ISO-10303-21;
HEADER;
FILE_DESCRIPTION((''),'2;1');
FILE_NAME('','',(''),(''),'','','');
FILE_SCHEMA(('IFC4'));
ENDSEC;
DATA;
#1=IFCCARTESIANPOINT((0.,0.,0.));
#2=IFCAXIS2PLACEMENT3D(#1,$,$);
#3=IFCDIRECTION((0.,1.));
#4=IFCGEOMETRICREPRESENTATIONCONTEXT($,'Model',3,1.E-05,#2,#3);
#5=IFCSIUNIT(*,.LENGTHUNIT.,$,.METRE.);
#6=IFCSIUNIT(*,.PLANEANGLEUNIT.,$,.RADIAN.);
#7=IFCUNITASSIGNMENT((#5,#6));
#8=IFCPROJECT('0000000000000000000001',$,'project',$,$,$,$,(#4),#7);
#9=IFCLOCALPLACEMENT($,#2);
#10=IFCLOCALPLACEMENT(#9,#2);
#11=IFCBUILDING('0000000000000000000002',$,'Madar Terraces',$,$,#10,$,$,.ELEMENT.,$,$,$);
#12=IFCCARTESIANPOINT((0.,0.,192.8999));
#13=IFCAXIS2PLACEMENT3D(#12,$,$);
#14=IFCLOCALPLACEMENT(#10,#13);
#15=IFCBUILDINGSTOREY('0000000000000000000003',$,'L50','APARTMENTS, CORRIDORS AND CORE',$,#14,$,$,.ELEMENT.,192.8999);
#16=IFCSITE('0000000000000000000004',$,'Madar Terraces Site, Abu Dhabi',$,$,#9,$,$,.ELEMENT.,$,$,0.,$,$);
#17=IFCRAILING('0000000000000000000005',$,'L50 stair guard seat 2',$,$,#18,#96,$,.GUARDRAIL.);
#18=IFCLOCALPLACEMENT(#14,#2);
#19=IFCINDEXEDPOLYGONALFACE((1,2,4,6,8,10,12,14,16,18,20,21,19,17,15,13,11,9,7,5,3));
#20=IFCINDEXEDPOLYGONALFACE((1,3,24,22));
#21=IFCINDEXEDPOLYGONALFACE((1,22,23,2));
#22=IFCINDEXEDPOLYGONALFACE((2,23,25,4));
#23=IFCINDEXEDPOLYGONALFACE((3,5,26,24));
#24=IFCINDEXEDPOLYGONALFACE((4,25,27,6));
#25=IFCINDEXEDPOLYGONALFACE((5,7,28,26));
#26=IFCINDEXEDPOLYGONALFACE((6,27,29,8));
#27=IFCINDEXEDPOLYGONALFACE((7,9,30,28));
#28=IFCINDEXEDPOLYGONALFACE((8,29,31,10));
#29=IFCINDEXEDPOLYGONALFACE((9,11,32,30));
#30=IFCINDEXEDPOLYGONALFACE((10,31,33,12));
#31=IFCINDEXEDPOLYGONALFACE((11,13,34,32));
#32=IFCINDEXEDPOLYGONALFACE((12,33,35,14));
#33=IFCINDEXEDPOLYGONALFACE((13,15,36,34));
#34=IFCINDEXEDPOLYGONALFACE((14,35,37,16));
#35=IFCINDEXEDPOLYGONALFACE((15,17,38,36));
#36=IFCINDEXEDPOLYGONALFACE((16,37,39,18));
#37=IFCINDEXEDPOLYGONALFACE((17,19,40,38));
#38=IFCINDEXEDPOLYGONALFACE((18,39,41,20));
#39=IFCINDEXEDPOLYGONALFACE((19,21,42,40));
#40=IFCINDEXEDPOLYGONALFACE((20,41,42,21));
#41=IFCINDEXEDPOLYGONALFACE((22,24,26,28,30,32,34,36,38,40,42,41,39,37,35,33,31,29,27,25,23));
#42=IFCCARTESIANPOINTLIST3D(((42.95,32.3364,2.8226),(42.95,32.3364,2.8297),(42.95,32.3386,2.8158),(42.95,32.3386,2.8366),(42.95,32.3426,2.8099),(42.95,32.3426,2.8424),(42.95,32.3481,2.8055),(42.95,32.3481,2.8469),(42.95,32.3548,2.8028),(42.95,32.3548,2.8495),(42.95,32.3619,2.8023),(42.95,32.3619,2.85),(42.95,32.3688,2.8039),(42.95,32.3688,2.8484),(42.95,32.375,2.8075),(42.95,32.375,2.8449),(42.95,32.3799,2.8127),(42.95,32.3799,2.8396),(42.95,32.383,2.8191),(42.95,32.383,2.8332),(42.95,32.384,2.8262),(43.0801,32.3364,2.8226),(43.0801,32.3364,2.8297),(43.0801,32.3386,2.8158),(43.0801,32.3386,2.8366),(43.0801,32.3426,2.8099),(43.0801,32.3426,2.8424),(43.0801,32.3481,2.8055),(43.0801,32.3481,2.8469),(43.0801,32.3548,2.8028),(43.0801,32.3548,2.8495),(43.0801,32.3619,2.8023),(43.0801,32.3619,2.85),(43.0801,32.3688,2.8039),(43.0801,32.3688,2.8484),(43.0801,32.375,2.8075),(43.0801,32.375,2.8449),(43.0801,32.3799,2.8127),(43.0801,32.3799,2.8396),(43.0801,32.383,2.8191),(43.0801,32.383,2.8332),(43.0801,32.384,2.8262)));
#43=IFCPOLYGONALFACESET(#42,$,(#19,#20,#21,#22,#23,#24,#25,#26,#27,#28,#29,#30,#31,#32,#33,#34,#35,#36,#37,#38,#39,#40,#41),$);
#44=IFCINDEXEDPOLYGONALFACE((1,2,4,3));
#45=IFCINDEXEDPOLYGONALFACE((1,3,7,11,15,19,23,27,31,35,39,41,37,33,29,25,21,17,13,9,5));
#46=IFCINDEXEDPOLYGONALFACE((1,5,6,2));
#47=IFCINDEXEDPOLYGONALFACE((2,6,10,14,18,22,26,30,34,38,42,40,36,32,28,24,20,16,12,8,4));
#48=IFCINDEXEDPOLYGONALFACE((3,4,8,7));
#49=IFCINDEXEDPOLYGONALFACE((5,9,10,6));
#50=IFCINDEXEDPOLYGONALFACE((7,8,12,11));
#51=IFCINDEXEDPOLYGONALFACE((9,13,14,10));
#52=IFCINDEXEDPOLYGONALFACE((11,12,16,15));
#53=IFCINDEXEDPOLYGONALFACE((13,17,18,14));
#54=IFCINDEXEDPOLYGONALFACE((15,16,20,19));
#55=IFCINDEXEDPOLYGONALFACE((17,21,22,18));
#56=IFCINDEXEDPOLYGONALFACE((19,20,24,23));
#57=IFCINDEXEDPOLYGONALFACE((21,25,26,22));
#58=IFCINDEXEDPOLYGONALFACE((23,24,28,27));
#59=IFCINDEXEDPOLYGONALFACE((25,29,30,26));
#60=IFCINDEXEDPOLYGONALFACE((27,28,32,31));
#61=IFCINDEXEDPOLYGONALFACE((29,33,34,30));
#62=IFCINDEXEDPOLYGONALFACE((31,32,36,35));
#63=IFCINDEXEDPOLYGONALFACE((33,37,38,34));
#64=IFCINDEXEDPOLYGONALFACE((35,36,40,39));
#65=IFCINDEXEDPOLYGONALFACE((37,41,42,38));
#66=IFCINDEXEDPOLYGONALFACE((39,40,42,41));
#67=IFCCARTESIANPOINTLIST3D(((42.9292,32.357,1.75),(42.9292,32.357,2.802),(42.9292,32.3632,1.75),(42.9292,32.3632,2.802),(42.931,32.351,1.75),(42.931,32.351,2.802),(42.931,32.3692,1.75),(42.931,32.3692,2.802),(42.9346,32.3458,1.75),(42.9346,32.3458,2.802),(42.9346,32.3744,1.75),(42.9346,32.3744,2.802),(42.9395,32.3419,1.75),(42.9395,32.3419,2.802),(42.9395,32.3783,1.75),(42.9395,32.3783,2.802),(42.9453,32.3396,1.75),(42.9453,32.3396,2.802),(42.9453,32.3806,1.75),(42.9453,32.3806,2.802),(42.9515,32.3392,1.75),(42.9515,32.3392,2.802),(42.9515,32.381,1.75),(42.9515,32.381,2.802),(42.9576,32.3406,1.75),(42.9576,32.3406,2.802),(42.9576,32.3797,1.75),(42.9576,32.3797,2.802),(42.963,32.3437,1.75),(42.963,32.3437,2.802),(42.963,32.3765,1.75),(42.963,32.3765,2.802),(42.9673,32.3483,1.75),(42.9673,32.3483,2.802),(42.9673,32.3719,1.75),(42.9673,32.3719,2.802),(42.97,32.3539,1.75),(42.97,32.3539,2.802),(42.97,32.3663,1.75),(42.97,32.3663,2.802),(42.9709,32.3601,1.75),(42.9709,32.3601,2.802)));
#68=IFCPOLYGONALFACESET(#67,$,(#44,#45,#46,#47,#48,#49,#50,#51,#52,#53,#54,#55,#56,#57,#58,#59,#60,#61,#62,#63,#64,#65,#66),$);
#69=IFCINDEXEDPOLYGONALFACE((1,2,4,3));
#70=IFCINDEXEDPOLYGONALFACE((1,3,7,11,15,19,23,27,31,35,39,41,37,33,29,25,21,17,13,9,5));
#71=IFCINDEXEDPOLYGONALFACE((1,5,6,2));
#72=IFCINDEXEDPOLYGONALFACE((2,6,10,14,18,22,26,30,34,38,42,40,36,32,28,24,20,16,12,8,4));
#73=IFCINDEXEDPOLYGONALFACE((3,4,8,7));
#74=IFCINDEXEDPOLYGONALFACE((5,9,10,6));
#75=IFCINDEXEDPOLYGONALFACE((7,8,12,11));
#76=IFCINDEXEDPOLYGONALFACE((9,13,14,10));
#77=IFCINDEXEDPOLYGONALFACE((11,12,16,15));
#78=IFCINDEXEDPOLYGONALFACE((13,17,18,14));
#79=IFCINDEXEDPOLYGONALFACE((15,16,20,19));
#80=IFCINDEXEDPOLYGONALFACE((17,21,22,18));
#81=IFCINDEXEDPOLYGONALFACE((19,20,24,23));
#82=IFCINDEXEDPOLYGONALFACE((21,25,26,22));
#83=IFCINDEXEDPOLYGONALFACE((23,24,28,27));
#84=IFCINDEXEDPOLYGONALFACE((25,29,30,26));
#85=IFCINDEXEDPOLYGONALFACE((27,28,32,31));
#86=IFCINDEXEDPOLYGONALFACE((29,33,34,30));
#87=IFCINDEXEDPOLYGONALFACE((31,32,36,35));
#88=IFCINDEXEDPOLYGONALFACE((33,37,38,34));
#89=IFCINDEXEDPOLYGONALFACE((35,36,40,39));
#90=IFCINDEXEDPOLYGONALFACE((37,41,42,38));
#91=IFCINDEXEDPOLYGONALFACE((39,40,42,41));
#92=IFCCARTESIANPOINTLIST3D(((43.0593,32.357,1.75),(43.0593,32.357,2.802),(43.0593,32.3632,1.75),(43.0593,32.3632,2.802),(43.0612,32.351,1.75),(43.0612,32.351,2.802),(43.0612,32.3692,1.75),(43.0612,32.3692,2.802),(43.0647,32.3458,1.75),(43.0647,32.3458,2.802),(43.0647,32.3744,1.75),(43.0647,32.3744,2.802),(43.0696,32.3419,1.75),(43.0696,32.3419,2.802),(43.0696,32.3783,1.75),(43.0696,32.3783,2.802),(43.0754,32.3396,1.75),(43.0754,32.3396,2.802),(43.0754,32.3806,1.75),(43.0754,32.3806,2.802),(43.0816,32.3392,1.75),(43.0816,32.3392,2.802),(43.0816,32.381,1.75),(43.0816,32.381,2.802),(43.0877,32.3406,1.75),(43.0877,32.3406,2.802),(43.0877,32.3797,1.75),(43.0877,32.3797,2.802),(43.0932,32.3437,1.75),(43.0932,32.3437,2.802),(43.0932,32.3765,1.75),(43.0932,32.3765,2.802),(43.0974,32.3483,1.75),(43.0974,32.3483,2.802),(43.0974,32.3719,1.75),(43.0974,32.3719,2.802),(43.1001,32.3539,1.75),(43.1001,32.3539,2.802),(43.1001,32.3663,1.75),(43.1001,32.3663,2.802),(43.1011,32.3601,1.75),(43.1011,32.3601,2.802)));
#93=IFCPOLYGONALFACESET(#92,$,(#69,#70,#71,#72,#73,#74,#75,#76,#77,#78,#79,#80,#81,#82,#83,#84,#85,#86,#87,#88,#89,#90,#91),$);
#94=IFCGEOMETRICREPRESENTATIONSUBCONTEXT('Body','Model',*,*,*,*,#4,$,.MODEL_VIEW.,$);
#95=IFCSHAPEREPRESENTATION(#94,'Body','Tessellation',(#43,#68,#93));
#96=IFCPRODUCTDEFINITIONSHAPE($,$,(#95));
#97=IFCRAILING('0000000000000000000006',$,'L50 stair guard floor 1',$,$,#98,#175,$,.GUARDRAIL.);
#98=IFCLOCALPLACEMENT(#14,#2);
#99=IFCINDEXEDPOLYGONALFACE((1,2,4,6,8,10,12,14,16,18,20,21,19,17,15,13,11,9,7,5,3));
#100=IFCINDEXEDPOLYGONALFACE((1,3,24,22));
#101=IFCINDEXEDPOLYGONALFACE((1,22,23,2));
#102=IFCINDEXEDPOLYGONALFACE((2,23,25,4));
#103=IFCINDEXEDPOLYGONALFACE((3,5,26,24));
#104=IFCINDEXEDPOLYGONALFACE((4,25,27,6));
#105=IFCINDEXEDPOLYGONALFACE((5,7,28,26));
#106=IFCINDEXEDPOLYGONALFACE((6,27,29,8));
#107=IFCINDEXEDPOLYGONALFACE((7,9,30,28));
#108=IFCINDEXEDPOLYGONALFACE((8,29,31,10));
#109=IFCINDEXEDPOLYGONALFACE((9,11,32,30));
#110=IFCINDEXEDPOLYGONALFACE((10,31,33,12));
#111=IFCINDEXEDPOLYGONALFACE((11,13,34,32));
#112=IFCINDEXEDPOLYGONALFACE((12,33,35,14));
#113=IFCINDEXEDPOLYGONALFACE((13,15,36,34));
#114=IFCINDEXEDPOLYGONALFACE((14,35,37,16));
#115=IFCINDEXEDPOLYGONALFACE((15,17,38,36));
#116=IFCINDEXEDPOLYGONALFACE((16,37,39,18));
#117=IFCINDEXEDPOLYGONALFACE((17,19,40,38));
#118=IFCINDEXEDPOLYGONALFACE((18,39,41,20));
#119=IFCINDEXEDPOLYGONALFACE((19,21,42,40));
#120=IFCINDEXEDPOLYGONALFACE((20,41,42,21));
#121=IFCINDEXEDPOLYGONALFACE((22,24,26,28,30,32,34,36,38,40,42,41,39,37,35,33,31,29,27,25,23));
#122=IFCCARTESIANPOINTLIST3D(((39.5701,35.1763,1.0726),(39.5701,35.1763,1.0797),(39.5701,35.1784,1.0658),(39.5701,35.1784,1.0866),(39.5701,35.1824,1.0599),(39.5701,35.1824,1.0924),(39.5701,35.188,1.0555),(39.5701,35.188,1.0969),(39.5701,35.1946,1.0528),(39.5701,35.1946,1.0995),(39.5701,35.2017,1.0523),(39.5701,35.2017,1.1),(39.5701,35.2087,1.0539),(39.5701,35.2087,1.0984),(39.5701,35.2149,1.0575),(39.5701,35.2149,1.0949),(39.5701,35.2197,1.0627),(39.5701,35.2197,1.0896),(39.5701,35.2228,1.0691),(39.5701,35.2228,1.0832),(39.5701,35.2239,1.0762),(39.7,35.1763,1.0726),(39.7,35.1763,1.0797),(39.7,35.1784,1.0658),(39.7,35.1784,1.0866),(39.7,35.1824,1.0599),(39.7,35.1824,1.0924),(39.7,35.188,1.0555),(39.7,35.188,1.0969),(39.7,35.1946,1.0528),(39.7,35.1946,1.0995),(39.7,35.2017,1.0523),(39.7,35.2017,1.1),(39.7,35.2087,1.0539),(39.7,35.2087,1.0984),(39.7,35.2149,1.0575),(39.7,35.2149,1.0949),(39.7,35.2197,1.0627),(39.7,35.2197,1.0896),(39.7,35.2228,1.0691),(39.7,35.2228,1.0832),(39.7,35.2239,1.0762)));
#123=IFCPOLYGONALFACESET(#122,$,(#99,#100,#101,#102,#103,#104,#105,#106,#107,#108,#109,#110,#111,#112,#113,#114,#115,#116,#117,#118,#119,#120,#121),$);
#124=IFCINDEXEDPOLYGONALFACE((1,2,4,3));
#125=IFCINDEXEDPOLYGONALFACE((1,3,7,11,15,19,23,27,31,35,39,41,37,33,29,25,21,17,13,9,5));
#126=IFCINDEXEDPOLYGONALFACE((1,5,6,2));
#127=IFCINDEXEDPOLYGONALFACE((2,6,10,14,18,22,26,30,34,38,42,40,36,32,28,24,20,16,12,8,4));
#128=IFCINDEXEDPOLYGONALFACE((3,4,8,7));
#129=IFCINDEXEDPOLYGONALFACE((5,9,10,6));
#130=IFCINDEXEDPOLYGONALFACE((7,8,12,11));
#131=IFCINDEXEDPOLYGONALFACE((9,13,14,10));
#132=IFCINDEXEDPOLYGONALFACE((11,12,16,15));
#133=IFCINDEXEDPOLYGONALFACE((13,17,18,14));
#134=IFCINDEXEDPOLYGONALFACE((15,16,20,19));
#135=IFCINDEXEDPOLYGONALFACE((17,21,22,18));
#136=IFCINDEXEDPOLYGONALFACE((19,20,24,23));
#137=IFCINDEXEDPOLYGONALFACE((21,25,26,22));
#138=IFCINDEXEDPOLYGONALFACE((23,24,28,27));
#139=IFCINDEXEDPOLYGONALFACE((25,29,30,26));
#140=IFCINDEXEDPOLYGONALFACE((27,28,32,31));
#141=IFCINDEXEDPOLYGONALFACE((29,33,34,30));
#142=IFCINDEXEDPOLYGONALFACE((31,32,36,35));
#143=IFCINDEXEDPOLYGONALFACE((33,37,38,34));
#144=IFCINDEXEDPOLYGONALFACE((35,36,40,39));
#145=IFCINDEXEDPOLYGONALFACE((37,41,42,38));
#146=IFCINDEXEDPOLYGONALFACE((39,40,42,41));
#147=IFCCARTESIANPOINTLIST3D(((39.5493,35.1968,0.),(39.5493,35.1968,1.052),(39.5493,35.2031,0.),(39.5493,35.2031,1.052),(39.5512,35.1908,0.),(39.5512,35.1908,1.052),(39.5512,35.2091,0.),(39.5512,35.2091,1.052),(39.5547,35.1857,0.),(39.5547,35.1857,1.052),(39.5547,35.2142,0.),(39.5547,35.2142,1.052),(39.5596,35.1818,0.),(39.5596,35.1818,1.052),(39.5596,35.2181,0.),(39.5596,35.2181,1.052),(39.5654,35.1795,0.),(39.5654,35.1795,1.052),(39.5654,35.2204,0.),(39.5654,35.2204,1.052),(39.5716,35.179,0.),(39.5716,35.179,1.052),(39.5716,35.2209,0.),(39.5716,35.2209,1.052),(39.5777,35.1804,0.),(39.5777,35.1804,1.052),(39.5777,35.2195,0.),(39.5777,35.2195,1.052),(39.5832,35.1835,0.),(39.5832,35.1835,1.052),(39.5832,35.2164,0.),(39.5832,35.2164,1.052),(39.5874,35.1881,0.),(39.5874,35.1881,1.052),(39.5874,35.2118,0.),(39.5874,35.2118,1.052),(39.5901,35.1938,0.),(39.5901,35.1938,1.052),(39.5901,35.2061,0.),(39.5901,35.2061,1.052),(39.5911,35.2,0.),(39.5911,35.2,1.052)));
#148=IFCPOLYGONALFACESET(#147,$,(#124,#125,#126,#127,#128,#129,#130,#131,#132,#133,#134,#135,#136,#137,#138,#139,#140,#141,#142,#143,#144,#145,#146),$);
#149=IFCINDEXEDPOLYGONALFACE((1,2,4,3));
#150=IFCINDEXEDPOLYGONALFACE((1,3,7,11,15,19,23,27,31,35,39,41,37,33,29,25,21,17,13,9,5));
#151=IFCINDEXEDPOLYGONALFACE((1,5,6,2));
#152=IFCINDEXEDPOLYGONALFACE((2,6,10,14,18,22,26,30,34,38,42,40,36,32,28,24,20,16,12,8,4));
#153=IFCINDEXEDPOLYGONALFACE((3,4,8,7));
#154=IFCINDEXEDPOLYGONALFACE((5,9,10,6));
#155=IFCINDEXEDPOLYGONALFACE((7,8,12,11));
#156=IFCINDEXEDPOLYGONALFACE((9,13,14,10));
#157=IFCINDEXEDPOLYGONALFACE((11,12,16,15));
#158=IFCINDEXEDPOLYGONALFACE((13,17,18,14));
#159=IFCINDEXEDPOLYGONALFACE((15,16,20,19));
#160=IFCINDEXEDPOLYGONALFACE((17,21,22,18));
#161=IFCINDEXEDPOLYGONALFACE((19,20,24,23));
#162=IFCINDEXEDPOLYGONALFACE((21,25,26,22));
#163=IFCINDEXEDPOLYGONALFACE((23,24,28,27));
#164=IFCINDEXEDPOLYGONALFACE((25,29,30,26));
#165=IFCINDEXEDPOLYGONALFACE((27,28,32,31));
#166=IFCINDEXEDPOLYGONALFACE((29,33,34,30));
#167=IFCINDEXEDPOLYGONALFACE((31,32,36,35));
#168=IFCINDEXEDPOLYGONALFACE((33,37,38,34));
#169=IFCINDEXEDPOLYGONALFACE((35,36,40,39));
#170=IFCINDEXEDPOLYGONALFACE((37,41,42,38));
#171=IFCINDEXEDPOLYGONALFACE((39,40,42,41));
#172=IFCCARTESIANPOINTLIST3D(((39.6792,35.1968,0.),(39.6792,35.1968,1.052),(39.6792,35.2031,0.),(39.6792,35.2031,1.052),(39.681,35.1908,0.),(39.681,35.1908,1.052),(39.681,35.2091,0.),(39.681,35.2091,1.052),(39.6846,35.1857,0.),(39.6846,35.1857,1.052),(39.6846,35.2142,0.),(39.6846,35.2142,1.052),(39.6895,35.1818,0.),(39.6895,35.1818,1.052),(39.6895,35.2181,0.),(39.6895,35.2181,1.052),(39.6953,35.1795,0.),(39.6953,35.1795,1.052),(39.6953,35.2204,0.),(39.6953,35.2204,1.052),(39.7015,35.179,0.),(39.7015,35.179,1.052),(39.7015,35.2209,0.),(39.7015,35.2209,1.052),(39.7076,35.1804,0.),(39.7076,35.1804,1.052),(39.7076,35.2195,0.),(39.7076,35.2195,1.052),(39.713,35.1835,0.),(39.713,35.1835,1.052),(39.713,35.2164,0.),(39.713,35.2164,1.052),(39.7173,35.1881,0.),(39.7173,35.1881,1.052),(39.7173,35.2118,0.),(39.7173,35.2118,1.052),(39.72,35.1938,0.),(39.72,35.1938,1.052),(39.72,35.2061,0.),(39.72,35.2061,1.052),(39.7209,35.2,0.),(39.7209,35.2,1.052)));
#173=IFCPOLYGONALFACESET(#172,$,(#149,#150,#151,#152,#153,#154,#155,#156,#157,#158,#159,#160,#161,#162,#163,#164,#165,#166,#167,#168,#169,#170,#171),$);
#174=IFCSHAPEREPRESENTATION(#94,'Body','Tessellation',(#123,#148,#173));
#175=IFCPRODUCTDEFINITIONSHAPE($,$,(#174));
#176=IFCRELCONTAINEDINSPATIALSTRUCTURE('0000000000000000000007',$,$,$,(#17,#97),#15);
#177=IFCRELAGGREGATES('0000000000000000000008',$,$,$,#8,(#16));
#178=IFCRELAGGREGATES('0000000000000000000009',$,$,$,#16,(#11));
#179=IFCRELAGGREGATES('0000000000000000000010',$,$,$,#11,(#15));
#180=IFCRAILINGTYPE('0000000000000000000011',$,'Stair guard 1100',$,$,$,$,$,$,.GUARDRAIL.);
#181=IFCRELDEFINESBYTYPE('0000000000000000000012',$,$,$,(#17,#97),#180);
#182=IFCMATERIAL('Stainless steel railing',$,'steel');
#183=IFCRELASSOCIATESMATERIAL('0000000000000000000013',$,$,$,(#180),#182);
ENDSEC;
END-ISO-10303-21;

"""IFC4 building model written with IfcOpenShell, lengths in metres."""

from ifc_helpers import new_model, si_unit, direction, frame, origin, origin_2d, place, context, subcontext, project, spatial, circle, extrude, material, type_object, element, save


model = new_model("IFC4")

# Units and contexts
model_context = context("Model", 3, precision=1e-05, world=origin(), true_north=direction((0.0, 1.0)))
body_context = subcontext(model_context, "Body", "Model", "MODEL_VIEW")
ifc_project = project(units=[si_unit("LENGTHUNIT", "METRE"), si_unit("PLANEANGLEUNIT", "RADIAN")], contexts=[model_context])

# Site, building, storey
site_placement = place(None, origin())
site = spatial("IfcSite", under=ifc_project, at=site_placement, Name="Madar Terraces Site, Abu Dhabi", CompositionType="ELEMENT", RefElevation=0.0)
building_placement = place(site_placement, origin())
building = spatial("IfcBuilding", under=site, at=building_placement, Name="Madar Terraces", CompositionType="ELEMENT")
storey_placement = place(building_placement, frame((0.0, 0.0, 192.8999)))
storey = spatial("IfcBuildingStorey", under=building, at=storey_placement, Name="L50", Description="APARTMENTS, CORRIDORS AND CORE", CompositionType="ELEMENT", Elevation=192.8999)

# Railings
ifc_material_1 = material(Name="Stainless steel railing", Category="steel")
railing_type_1 = type_object("IfcRailingType", Name="Stair guard 1100", PredefinedType="GUARDRAIL", material=ifc_material_1)
railing_1_placement = place(storey_placement, frame((42.95, 32.3601, 1.75)))
element("IfcRailing", 1, at=railing_1_placement, inside=storey, type_object=railing_type_1, Name="L50 stair guard seat 2", PredefinedType="GUARDRAIL", context=body_context, shape_type="SweptSolid", body=[
    extrude(circle(Radius=0.0239, at=origin_2d()), frame((0.0, 0.0, 1.0762), z_axis=(1.0, 0.0, 0.0), x_axis=(0.0, 1.0, 0.0)), (0.0, 0.0, 1.0), 0.1301),
    extrude(circle(Radius=0.021, at=origin_2d()), origin(), (0.0, 0.0, 1.0), 1.052),
    extrude(circle(Radius=0.021, at=origin_2d()), frame((0.1301, 0.0, 0.0)), (0.0, 0.0, 1.0), 1.052),
])
railing_2_placement = place(storey_placement, frame((39.5701, 35.2, 0.0)))
element("IfcRailing", 2, at=railing_2_placement, inside=storey, type_object=railing_type_1, Name="L50 stair guard floor 1", PredefinedType="GUARDRAIL", context=body_context, shape_type="SweptSolid", body=[
    extrude(circle(Radius=0.0239, at=origin_2d()), frame((0.0, 0.0, 1.0762), z_axis=(1.0, 0.0, 0.0), x_axis=(0.0, 1.0, 0.0)), (0.0, 0.0, 1.0), 0.1299),
    extrude(circle(Radius=0.021, at=origin_2d()), origin(), (0.0, 0.0, 1.0), 1.052),
    extrude(circle(Radius=0.021, at=origin_2d()), frame((0.1299, 0.0, 0.0)), (0.0, 0.0, 1.0), 1.052),
])

save(model, "model.ifc")
